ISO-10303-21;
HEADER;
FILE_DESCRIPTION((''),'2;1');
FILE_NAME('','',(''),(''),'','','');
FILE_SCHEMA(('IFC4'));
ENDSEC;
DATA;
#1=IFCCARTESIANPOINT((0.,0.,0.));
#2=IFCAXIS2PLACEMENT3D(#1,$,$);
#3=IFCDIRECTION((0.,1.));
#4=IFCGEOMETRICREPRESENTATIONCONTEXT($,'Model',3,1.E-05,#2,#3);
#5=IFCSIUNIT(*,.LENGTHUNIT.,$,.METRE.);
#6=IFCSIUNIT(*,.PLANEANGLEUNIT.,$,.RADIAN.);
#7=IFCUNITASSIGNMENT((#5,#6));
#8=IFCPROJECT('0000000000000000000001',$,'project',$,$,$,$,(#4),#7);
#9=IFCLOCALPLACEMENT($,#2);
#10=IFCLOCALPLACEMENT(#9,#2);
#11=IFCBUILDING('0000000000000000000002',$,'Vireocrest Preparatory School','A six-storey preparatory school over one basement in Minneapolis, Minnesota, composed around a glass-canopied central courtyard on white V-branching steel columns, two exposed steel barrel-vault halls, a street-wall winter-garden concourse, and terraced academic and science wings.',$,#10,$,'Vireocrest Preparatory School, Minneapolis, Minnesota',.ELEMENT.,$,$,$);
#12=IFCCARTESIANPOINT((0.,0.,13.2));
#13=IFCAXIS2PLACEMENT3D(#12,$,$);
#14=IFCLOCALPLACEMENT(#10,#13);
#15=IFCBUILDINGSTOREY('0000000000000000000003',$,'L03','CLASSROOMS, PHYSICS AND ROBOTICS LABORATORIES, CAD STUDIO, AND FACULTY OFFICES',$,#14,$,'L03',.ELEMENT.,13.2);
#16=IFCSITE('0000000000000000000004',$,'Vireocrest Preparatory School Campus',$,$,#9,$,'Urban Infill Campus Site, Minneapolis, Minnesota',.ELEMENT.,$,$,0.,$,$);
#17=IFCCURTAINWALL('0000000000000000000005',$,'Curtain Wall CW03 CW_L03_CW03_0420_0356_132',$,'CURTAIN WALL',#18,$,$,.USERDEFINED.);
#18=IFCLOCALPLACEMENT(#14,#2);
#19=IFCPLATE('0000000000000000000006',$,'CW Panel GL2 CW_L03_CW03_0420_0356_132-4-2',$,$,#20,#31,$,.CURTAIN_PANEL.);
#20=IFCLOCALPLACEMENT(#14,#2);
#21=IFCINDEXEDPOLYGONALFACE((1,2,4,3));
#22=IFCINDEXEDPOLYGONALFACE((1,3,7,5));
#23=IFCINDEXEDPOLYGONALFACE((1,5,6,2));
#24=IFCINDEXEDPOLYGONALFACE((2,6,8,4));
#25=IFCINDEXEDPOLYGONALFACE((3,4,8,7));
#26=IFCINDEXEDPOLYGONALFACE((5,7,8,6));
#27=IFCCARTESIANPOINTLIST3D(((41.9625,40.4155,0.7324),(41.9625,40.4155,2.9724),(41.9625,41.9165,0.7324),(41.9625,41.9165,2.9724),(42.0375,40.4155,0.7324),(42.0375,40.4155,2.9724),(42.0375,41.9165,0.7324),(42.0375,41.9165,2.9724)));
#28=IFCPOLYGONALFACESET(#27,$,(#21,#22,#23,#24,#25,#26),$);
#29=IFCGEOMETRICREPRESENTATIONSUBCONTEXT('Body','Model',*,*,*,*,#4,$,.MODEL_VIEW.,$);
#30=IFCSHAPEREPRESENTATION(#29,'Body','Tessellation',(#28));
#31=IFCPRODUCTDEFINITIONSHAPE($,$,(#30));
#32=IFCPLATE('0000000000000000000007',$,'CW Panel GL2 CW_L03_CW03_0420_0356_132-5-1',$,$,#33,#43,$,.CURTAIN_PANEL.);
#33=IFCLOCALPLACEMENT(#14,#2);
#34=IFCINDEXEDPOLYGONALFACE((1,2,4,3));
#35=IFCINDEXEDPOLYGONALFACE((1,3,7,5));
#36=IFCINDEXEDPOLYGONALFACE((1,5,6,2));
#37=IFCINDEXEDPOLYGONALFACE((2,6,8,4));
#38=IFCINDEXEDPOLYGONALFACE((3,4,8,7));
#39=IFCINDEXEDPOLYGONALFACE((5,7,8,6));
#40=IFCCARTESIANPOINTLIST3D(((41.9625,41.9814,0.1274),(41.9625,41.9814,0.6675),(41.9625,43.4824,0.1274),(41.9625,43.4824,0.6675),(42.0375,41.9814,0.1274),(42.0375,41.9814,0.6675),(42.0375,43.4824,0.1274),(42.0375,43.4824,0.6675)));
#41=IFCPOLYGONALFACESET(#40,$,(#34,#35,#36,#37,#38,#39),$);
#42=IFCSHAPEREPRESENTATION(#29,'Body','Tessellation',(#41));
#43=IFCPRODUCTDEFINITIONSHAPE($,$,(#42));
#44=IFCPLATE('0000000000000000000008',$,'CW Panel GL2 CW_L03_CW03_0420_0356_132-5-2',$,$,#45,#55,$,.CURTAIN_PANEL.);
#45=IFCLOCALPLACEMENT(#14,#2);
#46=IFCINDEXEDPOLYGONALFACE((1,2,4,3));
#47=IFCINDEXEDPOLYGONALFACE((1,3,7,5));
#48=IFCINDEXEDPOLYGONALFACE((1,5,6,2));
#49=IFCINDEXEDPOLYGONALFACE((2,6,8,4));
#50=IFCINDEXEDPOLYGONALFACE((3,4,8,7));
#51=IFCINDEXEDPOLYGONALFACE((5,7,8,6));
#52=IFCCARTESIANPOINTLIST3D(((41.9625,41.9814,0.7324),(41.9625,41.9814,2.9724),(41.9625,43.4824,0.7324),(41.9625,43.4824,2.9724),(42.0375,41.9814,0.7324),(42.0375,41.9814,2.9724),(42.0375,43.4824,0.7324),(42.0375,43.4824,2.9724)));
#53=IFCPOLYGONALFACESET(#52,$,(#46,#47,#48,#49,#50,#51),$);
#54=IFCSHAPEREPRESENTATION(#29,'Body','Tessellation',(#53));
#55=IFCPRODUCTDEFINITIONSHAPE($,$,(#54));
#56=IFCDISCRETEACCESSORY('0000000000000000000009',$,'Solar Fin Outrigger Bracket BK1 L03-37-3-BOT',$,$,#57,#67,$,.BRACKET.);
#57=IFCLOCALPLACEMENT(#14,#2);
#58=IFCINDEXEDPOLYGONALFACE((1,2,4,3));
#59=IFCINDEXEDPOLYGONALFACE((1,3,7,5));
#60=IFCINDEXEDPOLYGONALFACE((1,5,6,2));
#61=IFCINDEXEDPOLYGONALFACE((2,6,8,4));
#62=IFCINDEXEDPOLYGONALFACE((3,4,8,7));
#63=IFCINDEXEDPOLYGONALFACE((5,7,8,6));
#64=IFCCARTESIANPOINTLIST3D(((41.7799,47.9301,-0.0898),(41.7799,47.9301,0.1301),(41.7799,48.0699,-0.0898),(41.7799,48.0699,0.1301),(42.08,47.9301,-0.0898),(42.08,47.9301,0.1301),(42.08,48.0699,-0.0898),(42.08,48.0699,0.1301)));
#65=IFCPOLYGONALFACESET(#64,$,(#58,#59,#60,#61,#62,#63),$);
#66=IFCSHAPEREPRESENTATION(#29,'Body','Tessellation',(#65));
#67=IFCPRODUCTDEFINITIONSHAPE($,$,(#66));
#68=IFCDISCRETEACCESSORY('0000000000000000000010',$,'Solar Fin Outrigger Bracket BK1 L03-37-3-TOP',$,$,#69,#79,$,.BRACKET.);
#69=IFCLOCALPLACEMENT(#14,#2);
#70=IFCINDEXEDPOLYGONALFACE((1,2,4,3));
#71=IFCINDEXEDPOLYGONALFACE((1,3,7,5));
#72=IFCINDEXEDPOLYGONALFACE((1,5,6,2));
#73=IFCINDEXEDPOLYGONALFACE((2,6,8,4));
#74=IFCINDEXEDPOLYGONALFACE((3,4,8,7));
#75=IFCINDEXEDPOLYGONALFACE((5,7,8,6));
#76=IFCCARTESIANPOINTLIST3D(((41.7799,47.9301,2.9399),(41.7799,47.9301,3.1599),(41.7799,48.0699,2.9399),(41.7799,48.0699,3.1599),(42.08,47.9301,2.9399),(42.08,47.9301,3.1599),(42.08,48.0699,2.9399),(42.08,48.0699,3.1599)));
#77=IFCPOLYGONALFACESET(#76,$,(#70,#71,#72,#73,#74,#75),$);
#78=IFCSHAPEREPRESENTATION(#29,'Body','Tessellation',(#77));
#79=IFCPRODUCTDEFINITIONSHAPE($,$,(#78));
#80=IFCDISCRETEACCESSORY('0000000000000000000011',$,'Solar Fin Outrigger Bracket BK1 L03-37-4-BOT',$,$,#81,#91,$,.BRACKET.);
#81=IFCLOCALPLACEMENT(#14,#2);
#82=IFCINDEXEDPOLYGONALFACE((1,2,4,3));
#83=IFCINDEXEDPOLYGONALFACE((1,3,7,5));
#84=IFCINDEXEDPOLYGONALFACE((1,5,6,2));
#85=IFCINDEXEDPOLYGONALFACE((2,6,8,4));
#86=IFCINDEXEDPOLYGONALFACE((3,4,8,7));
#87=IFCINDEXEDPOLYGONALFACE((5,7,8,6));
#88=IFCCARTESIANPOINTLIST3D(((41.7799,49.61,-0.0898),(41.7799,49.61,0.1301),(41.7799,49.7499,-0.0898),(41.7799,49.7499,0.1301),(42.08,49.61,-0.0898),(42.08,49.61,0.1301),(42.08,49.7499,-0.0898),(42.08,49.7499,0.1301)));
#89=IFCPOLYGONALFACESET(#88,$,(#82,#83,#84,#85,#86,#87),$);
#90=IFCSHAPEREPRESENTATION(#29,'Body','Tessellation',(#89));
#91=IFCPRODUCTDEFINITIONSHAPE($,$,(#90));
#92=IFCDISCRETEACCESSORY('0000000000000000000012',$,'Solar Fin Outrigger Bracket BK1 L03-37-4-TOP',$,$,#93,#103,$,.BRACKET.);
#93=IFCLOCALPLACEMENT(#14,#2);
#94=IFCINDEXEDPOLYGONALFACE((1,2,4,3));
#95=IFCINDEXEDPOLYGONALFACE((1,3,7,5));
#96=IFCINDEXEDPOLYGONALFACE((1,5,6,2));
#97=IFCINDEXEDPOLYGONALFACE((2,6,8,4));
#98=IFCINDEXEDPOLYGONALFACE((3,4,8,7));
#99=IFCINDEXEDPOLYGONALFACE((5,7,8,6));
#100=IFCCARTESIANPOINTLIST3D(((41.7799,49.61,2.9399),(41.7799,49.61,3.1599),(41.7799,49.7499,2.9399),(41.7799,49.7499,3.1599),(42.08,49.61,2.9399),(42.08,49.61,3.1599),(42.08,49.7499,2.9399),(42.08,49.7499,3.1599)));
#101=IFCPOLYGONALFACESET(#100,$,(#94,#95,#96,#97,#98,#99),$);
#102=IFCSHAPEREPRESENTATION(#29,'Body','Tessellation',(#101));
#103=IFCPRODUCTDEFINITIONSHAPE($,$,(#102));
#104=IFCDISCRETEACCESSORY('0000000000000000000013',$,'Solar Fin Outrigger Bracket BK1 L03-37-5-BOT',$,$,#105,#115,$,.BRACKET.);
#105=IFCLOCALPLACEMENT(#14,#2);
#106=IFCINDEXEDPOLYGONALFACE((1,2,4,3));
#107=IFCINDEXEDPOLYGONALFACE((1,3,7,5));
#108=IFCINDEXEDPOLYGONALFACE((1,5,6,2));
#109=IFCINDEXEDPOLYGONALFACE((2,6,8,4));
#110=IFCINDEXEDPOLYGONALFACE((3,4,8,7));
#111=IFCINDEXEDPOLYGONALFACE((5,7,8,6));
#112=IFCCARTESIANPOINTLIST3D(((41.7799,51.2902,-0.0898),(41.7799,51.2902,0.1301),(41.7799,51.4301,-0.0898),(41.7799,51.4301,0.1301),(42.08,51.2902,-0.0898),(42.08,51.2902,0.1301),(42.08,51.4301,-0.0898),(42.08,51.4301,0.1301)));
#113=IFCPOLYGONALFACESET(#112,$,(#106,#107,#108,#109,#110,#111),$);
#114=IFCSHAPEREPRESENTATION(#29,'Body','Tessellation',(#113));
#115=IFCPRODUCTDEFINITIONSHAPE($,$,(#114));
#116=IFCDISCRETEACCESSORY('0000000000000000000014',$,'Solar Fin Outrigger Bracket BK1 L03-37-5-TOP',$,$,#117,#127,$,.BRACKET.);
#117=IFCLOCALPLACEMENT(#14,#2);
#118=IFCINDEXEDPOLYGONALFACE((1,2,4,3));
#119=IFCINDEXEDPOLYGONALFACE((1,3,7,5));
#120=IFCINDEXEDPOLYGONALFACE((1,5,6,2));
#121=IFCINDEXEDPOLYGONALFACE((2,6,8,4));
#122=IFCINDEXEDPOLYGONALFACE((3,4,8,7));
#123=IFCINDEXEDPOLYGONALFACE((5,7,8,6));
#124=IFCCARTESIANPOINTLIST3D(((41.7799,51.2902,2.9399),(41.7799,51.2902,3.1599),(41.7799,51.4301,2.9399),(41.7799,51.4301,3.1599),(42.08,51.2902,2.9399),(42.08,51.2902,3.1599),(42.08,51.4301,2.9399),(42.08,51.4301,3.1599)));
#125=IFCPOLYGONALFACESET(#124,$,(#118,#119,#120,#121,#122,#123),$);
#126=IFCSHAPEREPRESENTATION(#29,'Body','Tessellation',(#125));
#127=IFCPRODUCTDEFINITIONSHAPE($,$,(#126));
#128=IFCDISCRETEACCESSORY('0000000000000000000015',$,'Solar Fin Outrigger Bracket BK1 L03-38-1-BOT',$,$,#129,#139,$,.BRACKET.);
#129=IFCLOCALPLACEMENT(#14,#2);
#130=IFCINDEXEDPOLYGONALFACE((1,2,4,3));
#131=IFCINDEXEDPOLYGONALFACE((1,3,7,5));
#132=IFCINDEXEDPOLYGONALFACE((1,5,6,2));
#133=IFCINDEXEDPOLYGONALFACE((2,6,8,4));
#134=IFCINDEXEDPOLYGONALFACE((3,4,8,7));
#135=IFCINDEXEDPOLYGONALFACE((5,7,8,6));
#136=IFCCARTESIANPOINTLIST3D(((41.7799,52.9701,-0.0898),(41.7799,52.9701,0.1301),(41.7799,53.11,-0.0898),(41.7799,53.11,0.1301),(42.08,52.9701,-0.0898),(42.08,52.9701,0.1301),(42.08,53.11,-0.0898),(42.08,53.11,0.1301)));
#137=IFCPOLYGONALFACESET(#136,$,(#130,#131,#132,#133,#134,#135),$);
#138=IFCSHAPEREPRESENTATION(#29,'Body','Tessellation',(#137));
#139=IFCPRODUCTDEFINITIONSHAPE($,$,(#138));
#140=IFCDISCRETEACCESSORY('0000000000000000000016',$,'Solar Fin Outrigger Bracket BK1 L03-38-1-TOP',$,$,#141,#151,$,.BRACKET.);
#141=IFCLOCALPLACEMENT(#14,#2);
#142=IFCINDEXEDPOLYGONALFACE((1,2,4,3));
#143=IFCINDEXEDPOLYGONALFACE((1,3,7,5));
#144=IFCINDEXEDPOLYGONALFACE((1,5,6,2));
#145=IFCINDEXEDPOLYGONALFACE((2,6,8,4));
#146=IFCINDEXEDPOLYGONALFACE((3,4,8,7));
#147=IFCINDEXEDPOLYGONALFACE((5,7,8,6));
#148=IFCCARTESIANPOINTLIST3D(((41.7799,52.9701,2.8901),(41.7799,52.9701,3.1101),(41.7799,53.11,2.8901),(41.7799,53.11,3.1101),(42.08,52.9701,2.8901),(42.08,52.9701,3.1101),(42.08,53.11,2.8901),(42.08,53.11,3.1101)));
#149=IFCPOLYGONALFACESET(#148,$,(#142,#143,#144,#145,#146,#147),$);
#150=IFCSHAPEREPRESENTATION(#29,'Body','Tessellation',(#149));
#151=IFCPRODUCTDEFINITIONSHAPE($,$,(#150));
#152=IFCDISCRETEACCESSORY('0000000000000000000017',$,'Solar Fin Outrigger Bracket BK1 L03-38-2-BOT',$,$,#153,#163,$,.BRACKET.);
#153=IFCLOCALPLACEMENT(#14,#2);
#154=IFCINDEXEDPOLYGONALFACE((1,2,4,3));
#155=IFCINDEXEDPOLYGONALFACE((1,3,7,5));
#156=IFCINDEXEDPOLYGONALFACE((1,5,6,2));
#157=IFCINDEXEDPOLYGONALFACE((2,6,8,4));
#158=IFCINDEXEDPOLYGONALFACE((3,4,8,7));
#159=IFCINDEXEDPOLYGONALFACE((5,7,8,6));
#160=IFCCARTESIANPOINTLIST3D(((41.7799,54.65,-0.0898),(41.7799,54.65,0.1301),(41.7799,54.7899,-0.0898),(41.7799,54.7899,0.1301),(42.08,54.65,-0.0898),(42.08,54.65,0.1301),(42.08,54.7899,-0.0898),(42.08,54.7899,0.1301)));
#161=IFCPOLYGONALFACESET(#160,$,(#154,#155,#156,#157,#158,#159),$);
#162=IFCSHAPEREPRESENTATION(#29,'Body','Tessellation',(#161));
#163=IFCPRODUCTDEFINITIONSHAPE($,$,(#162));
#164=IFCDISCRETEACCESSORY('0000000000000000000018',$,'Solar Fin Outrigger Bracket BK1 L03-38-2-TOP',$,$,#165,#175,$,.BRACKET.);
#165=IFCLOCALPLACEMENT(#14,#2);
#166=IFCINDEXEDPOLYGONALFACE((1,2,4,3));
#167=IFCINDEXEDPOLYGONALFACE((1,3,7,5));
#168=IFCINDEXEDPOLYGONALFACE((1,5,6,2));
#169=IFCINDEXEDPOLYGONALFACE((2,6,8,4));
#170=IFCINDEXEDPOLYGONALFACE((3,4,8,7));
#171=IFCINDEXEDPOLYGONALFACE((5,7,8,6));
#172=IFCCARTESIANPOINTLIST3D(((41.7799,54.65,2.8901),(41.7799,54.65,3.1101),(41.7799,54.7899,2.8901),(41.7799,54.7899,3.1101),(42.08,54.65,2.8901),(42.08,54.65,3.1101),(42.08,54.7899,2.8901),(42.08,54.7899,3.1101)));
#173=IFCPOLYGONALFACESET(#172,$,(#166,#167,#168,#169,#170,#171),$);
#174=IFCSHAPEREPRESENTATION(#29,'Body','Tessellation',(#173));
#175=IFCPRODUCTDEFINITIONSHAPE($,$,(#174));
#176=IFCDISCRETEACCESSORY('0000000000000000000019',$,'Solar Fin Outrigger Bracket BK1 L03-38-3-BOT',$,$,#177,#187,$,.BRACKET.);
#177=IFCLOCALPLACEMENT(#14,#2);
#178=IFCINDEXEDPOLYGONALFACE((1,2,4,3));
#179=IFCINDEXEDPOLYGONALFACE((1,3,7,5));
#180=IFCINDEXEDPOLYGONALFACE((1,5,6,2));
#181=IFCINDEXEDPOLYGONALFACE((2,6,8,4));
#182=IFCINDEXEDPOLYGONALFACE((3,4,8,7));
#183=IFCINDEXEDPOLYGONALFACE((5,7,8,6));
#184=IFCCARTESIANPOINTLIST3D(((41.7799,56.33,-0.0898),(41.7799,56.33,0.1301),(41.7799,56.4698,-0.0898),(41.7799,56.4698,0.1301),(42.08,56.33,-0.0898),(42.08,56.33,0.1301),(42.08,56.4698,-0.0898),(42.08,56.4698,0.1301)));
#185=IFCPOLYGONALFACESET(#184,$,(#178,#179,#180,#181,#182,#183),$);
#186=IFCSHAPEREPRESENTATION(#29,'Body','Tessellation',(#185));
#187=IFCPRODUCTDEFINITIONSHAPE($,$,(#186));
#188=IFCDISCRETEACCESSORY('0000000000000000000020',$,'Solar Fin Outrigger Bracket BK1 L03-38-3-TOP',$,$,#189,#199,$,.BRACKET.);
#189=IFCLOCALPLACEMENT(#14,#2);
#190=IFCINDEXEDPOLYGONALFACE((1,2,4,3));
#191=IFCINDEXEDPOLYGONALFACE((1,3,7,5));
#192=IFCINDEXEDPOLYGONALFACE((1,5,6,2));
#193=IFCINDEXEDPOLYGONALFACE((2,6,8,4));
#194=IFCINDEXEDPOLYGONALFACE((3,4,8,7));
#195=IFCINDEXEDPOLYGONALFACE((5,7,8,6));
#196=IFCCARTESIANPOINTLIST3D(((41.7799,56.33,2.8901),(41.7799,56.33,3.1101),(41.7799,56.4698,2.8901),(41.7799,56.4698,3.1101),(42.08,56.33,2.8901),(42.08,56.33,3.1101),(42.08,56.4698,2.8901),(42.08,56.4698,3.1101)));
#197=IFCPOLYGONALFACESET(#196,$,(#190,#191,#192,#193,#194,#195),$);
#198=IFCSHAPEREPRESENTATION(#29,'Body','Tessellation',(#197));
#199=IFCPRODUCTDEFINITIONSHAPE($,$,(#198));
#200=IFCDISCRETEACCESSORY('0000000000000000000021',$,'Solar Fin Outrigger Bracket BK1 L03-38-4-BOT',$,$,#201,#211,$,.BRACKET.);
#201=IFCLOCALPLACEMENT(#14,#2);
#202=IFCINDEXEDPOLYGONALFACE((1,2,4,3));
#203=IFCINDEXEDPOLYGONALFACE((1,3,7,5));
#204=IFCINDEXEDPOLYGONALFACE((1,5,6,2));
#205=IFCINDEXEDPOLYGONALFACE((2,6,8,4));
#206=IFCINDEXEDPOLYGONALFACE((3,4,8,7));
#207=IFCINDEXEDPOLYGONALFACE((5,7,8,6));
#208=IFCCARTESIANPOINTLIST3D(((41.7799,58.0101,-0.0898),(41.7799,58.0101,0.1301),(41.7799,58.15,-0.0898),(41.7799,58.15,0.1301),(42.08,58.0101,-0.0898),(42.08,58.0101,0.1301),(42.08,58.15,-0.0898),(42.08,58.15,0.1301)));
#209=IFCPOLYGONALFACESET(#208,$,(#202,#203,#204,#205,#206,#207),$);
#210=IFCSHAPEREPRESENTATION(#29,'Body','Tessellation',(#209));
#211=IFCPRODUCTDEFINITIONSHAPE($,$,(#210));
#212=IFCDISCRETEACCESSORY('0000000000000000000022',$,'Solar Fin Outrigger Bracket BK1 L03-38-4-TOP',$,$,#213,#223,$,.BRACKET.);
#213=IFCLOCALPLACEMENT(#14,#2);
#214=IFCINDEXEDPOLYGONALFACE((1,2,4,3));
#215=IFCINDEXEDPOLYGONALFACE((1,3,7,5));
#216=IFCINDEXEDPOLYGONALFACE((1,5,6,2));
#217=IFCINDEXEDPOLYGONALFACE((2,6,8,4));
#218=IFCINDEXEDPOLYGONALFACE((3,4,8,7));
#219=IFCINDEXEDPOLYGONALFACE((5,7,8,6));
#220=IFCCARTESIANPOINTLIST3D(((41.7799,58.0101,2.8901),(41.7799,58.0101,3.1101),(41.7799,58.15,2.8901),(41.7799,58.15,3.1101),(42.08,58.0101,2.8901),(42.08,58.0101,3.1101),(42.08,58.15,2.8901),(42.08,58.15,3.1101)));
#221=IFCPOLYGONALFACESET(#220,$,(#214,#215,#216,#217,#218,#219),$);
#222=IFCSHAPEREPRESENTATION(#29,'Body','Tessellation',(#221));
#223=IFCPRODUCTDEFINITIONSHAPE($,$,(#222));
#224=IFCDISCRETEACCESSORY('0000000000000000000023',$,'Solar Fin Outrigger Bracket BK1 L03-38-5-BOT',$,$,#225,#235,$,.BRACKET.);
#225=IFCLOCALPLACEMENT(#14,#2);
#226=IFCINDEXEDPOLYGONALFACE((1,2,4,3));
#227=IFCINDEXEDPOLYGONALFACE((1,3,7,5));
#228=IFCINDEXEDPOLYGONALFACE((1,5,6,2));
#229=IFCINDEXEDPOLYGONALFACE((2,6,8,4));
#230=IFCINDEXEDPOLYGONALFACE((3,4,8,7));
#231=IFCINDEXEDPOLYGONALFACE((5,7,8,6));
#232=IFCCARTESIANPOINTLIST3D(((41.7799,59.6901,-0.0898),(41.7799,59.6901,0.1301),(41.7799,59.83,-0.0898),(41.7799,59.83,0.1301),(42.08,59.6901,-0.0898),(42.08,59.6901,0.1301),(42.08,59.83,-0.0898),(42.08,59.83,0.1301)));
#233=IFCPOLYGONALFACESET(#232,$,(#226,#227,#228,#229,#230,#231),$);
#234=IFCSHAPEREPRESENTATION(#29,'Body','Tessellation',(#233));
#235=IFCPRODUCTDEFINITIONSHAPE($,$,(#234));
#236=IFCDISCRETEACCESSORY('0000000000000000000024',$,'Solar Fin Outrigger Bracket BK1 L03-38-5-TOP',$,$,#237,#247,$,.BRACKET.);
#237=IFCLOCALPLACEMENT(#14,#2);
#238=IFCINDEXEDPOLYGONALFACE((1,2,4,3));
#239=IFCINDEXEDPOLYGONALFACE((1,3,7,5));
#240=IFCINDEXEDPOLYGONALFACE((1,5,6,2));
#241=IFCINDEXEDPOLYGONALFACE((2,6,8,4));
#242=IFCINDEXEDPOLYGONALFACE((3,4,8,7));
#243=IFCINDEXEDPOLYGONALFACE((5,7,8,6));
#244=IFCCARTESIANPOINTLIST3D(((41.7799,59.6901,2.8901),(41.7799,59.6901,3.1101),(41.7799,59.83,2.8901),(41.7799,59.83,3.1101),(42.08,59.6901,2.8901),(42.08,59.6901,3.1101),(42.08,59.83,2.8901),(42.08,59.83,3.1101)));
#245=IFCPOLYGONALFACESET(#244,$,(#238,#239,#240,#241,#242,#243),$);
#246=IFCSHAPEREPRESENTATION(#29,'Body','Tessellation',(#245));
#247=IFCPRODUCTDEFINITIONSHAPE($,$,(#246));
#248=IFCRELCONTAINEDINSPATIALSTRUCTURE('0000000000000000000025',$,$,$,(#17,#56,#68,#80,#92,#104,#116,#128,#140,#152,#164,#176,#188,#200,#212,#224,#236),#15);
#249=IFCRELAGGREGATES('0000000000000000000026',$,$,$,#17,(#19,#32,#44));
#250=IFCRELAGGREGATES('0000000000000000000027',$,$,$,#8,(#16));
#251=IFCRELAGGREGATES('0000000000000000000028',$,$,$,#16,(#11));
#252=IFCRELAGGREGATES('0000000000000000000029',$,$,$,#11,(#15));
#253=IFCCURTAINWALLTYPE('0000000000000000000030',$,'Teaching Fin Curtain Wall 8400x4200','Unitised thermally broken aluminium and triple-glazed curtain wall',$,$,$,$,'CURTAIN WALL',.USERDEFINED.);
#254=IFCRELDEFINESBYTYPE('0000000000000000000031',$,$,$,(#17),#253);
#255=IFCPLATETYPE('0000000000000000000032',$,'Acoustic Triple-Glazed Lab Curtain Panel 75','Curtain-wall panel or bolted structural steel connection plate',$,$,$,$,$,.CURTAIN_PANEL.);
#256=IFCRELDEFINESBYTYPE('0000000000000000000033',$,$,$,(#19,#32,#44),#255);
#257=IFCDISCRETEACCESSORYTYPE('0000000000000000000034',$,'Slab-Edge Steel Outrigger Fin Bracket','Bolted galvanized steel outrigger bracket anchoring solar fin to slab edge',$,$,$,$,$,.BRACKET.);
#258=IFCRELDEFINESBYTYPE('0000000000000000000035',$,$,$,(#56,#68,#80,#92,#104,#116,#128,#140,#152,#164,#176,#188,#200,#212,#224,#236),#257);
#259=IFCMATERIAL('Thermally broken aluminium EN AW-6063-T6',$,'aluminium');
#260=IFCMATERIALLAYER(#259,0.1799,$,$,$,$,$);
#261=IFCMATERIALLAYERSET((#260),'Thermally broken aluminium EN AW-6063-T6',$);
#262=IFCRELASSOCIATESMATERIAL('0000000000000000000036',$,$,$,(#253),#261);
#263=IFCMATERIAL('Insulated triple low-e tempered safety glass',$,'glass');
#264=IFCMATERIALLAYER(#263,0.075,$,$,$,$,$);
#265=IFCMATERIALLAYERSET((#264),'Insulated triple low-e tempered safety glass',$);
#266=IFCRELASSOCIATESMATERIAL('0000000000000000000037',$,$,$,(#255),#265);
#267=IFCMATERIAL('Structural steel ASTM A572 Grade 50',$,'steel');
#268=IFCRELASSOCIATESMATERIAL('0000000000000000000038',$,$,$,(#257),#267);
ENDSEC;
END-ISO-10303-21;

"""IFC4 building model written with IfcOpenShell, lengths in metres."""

from ifc_helpers import new_model, si_unit, direction, frame, origin, origin_2d, place, context, subcontext, project, spatial, rectangle, extrude, material, layer, layer_set, type_object, element, aggregate, save


model = new_model("IFC4")

# Units and contexts
model_context = context("Model", 3, precision=1e-05, world=origin(), true_north=direction((0.0, 1.0)))
body_context = subcontext(model_context, "Body", "Model", "MODEL_VIEW")
ifc_project = project(units=[si_unit("LENGTHUNIT", "METRE"), si_unit("PLANEANGLEUNIT", "RADIAN")], contexts=[model_context])

# Site, building, storey
site_placement = place(None, origin())
site = spatial("IfcSite", under=ifc_project, at=site_placement, Name="Vireocrest Preparatory School Campus", LongName="Urban Infill Campus Site, Minneapolis, Minnesota", CompositionType="ELEMENT", RefElevation=0.0)
building_placement = place(site_placement, origin())
building = spatial("IfcBuilding", under=site, at=building_placement, Name="Vireocrest Preparatory School", Description="A six-storey preparatory school over one basement in Minneapolis, Minnesota, composed around a glass-canopied central courtyard on white V-branching steel columns, two exposed steel barrel-vault halls, a street-wall winter-garden concourse, and terraced academic and science wings.", LongName="Vireocrest Preparatory School, Minneapolis, Minnesota", CompositionType="ELEMENT")
storey_placement = place(building_placement, frame((0.0, 0.0, 13.2)))
storey = spatial("IfcBuildingStorey", under=building, at=storey_placement, Name="L03", Description="CLASSROOMS, PHYSICS AND ROBOTICS LABORATORIES, CAD STUDIO, AND FACULTY OFFICES", LongName="L03", CompositionType="ELEMENT", Elevation=13.2)

# Curtain wall
ifc_material_1 = material(Name="Thermally broken aluminium EN AW-6063-T6", Category="aluminium")
ifc_layer_1 = layer(ifc_material_1, 0.1799)
ifc_layer_set_1 = layer_set([ifc_layer_1], Name="Thermally broken aluminium EN AW-6063-T6")
curtain_wall_type = type_object("IfcCurtainWallType", Name="Teaching Fin Curtain Wall 8400x4200", Description="Unitised thermally broken aluminium and triple-glazed curtain wall", ElementType="CURTAIN WALL", PredefinedType="USERDEFINED", material=ifc_layer_set_1)
curtain_wall_1_placement = place(storey_placement, origin())
curtain_wall_1 = element("IfcCurtainWall", 1, at=curtain_wall_1_placement, inside=storey, type_object=curtain_wall_type, Name="Curtain Wall CW03 CW_L03_CW03_0420_0356_132", ObjectType="CURTAIN WALL", PredefinedType="USERDEFINED")

# Plates
ifc_material_2 = material(Name="Insulated triple low-e tempered safety glass", Category="glass")
ifc_layer_2 = layer(ifc_material_2, 0.075)
ifc_layer_set_2 = layer_set([ifc_layer_2], Name="Insulated triple low-e tempered safety glass")
plate_type = type_object("IfcPlateType", Name="Acoustic Triple-Glazed Lab Curtain Panel 75", Description="Curtain-wall panel or bolted structural steel connection plate", PredefinedType="CURTAIN_PANEL", material=ifc_layer_set_2)
plate_1_placement = place(storey_placement, frame((42.0, 41.166, 0.7324), z_axis=(0.0, 0.0, 1.0), x_axis=(0.0, 1.0, 0.0)))
plate_1 = element("IfcPlate", 2, at=plate_1_placement, type_object=plate_type, Name="CW Panel GL2 CW_L03_CW03_0420_0356_132-4-2", PredefinedType="CURTAIN_PANEL", context=body_context, shape_type="SweptSolid", body=[
    extrude(rectangle(XDim=1.501, YDim=0.075, at=origin_2d()), origin(), (0.0, 0.0, 1.0), 2.24),
])
plate_2_placement = place(storey_placement, frame((42.0, 42.7319, 0.1274), z_axis=(0.0, 0.0, 1.0), x_axis=(0.0, 1.0, 0.0)))
plate_2 = element("IfcPlate", 3, at=plate_2_placement, type_object=plate_type, Name="CW Panel GL2 CW_L03_CW03_0420_0356_132-5-1", PredefinedType="CURTAIN_PANEL", context=body_context, shape_type="SweptSolid", body=[
    extrude(rectangle(XDim=1.501, YDim=0.075, at=origin_2d()), origin(), (0.0, 0.0, 1.0), 0.54),
])
plate_3_placement = place(storey_placement, frame((42.0, 42.7319, 0.7324), z_axis=(0.0, 0.0, 1.0), x_axis=(0.0, 1.0, 0.0)))
plate_3 = element("IfcPlate", 4, at=plate_3_placement, type_object=plate_type, Name="CW Panel GL2 CW_L03_CW03_0420_0356_132-5-2", PredefinedType="CURTAIN_PANEL", context=body_context, shape_type="SweptSolid", body=[
    extrude(rectangle(XDim=1.501, YDim=0.075, at=origin_2d()), origin(), (0.0, 0.0, 1.0), 2.24),
])
aggregate(curtain_wall_1, [plate_1, plate_2, plate_3])

# Discrete accessories
ifc_material_3 = material(Name="Structural steel ASTM A572 Grade 50", Category="steel")
discrete_accessory_type = type_object("IfcDiscreteAccessoryType", Name="Slab-Edge Steel Outrigger Fin Bracket", Description="Bolted galvanized steel outrigger bracket anchoring solar fin to slab edge", PredefinedType="BRACKET", material=ifc_material_3)
for number, where, z_axis, x_axis, name in (
    (5, (41.9299, 48.0, -0.0898), (0.0, 0.0, 1.0), (0.0, 1.0, 0.0), "Solar Fin Outrigger Bracket BK1 L03-37-3-BOT"),
    (6, (41.9299, 48.0, 2.9399), (0.0, 0.0, 1.0), (0.0, 1.0, 0.0), "Solar Fin Outrigger Bracket BK1 L03-37-3-TOP"),
    (7, (41.9299, 49.6799, -0.0898), (0.0, 0.0, 1.0), (0.0, 1.0, 0.0), "Solar Fin Outrigger Bracket BK1 L03-37-4-BOT"),
    (8, (41.9299, 49.6799, 2.9399), (0.0, 0.0, 1.0), (0.0, 1.0, 0.0), "Solar Fin Outrigger Bracket BK1 L03-37-4-TOP"),
    (9, (41.9299, 51.3601, -0.0898), (0.0, 0.0, 1.0), (0.0, 1.0, 0.0), "Solar Fin Outrigger Bracket BK1 L03-37-5-BOT"),
    (10, (41.9299, 51.3601, 2.9399), (0.0, 0.0, 1.0), (0.0, 1.0, 0.0), "Solar Fin Outrigger Bracket BK1 L03-37-5-TOP"),
    (11, (41.9299, 53.04, -0.0898), (0.0, 0.0, 1.0), (0.0, 1.0, 0.0), "Solar Fin Outrigger Bracket BK1 L03-38-1-BOT"),
    (12, (41.9299, 53.04, 2.8901), (0.0, 0.0, 1.0), (0.0, 1.0, 0.0), "Solar Fin Outrigger Bracket BK1 L03-38-1-TOP"),
    (13, (41.9299, 54.72, -0.0898), (0.0, 0.0, 1.0), (0.0, 1.0, 0.0), "Solar Fin Outrigger Bracket BK1 L03-38-2-BOT"),
    (14, (41.9299, 54.72, 2.8901), (0.0, 0.0, 1.0), (0.0, 1.0, 0.0), "Solar Fin Outrigger Bracket BK1 L03-38-2-TOP"),
    (15, (41.9299, 56.3999, -0.0898), (0.0, 0.0, 1.0), (0.0, 1.0, 0.0), "Solar Fin Outrigger Bracket BK1 L03-38-3-BOT"),
    (16, (41.9299, 56.3999, 2.8901), (0.0, 0.0, 1.0), (0.0, 1.0, 0.0), "Solar Fin Outrigger Bracket BK1 L03-38-3-TOP"),
    (17, (41.9299, 58.0801, -0.0898), (0.0, 0.0, 1.0), (0.0, 1.0, 0.0), "Solar Fin Outrigger Bracket BK1 L03-38-4-BOT"),
    (18, (41.9299, 58.0801, 2.8901), (0.0, 0.0, 1.0), (0.0, 1.0, 0.0), "Solar Fin Outrigger Bracket BK1 L03-38-4-TOP"),
    (19, (41.9299, 59.76, -0.0898), (0.0, 0.0, 1.0), (0.0, 1.0, 0.0), "Solar Fin Outrigger Bracket BK1 L03-38-5-BOT"),
    (20, (41.9299, 59.76, 2.8901), (0.0, 0.0, 1.0), (0.0, 1.0, 0.0), "Solar Fin Outrigger Bracket BK1 L03-38-5-TOP"),
):
    element("IfcDiscreteAccessory", number, at=place(storey_placement, frame(where, z_axis=z_axis, x_axis=x_axis)), inside=storey, type_object=discrete_accessory_type, Name=name, PredefinedType="BRACKET", context=body_context, shape_type="SweptSolid", body=[
        extrude(rectangle(XDim=0.1399, YDim=0.3, at=origin_2d()), origin(), (0.0, 0.0, 1.0), 0.22),
    ])

save(model, "model.ifc")
